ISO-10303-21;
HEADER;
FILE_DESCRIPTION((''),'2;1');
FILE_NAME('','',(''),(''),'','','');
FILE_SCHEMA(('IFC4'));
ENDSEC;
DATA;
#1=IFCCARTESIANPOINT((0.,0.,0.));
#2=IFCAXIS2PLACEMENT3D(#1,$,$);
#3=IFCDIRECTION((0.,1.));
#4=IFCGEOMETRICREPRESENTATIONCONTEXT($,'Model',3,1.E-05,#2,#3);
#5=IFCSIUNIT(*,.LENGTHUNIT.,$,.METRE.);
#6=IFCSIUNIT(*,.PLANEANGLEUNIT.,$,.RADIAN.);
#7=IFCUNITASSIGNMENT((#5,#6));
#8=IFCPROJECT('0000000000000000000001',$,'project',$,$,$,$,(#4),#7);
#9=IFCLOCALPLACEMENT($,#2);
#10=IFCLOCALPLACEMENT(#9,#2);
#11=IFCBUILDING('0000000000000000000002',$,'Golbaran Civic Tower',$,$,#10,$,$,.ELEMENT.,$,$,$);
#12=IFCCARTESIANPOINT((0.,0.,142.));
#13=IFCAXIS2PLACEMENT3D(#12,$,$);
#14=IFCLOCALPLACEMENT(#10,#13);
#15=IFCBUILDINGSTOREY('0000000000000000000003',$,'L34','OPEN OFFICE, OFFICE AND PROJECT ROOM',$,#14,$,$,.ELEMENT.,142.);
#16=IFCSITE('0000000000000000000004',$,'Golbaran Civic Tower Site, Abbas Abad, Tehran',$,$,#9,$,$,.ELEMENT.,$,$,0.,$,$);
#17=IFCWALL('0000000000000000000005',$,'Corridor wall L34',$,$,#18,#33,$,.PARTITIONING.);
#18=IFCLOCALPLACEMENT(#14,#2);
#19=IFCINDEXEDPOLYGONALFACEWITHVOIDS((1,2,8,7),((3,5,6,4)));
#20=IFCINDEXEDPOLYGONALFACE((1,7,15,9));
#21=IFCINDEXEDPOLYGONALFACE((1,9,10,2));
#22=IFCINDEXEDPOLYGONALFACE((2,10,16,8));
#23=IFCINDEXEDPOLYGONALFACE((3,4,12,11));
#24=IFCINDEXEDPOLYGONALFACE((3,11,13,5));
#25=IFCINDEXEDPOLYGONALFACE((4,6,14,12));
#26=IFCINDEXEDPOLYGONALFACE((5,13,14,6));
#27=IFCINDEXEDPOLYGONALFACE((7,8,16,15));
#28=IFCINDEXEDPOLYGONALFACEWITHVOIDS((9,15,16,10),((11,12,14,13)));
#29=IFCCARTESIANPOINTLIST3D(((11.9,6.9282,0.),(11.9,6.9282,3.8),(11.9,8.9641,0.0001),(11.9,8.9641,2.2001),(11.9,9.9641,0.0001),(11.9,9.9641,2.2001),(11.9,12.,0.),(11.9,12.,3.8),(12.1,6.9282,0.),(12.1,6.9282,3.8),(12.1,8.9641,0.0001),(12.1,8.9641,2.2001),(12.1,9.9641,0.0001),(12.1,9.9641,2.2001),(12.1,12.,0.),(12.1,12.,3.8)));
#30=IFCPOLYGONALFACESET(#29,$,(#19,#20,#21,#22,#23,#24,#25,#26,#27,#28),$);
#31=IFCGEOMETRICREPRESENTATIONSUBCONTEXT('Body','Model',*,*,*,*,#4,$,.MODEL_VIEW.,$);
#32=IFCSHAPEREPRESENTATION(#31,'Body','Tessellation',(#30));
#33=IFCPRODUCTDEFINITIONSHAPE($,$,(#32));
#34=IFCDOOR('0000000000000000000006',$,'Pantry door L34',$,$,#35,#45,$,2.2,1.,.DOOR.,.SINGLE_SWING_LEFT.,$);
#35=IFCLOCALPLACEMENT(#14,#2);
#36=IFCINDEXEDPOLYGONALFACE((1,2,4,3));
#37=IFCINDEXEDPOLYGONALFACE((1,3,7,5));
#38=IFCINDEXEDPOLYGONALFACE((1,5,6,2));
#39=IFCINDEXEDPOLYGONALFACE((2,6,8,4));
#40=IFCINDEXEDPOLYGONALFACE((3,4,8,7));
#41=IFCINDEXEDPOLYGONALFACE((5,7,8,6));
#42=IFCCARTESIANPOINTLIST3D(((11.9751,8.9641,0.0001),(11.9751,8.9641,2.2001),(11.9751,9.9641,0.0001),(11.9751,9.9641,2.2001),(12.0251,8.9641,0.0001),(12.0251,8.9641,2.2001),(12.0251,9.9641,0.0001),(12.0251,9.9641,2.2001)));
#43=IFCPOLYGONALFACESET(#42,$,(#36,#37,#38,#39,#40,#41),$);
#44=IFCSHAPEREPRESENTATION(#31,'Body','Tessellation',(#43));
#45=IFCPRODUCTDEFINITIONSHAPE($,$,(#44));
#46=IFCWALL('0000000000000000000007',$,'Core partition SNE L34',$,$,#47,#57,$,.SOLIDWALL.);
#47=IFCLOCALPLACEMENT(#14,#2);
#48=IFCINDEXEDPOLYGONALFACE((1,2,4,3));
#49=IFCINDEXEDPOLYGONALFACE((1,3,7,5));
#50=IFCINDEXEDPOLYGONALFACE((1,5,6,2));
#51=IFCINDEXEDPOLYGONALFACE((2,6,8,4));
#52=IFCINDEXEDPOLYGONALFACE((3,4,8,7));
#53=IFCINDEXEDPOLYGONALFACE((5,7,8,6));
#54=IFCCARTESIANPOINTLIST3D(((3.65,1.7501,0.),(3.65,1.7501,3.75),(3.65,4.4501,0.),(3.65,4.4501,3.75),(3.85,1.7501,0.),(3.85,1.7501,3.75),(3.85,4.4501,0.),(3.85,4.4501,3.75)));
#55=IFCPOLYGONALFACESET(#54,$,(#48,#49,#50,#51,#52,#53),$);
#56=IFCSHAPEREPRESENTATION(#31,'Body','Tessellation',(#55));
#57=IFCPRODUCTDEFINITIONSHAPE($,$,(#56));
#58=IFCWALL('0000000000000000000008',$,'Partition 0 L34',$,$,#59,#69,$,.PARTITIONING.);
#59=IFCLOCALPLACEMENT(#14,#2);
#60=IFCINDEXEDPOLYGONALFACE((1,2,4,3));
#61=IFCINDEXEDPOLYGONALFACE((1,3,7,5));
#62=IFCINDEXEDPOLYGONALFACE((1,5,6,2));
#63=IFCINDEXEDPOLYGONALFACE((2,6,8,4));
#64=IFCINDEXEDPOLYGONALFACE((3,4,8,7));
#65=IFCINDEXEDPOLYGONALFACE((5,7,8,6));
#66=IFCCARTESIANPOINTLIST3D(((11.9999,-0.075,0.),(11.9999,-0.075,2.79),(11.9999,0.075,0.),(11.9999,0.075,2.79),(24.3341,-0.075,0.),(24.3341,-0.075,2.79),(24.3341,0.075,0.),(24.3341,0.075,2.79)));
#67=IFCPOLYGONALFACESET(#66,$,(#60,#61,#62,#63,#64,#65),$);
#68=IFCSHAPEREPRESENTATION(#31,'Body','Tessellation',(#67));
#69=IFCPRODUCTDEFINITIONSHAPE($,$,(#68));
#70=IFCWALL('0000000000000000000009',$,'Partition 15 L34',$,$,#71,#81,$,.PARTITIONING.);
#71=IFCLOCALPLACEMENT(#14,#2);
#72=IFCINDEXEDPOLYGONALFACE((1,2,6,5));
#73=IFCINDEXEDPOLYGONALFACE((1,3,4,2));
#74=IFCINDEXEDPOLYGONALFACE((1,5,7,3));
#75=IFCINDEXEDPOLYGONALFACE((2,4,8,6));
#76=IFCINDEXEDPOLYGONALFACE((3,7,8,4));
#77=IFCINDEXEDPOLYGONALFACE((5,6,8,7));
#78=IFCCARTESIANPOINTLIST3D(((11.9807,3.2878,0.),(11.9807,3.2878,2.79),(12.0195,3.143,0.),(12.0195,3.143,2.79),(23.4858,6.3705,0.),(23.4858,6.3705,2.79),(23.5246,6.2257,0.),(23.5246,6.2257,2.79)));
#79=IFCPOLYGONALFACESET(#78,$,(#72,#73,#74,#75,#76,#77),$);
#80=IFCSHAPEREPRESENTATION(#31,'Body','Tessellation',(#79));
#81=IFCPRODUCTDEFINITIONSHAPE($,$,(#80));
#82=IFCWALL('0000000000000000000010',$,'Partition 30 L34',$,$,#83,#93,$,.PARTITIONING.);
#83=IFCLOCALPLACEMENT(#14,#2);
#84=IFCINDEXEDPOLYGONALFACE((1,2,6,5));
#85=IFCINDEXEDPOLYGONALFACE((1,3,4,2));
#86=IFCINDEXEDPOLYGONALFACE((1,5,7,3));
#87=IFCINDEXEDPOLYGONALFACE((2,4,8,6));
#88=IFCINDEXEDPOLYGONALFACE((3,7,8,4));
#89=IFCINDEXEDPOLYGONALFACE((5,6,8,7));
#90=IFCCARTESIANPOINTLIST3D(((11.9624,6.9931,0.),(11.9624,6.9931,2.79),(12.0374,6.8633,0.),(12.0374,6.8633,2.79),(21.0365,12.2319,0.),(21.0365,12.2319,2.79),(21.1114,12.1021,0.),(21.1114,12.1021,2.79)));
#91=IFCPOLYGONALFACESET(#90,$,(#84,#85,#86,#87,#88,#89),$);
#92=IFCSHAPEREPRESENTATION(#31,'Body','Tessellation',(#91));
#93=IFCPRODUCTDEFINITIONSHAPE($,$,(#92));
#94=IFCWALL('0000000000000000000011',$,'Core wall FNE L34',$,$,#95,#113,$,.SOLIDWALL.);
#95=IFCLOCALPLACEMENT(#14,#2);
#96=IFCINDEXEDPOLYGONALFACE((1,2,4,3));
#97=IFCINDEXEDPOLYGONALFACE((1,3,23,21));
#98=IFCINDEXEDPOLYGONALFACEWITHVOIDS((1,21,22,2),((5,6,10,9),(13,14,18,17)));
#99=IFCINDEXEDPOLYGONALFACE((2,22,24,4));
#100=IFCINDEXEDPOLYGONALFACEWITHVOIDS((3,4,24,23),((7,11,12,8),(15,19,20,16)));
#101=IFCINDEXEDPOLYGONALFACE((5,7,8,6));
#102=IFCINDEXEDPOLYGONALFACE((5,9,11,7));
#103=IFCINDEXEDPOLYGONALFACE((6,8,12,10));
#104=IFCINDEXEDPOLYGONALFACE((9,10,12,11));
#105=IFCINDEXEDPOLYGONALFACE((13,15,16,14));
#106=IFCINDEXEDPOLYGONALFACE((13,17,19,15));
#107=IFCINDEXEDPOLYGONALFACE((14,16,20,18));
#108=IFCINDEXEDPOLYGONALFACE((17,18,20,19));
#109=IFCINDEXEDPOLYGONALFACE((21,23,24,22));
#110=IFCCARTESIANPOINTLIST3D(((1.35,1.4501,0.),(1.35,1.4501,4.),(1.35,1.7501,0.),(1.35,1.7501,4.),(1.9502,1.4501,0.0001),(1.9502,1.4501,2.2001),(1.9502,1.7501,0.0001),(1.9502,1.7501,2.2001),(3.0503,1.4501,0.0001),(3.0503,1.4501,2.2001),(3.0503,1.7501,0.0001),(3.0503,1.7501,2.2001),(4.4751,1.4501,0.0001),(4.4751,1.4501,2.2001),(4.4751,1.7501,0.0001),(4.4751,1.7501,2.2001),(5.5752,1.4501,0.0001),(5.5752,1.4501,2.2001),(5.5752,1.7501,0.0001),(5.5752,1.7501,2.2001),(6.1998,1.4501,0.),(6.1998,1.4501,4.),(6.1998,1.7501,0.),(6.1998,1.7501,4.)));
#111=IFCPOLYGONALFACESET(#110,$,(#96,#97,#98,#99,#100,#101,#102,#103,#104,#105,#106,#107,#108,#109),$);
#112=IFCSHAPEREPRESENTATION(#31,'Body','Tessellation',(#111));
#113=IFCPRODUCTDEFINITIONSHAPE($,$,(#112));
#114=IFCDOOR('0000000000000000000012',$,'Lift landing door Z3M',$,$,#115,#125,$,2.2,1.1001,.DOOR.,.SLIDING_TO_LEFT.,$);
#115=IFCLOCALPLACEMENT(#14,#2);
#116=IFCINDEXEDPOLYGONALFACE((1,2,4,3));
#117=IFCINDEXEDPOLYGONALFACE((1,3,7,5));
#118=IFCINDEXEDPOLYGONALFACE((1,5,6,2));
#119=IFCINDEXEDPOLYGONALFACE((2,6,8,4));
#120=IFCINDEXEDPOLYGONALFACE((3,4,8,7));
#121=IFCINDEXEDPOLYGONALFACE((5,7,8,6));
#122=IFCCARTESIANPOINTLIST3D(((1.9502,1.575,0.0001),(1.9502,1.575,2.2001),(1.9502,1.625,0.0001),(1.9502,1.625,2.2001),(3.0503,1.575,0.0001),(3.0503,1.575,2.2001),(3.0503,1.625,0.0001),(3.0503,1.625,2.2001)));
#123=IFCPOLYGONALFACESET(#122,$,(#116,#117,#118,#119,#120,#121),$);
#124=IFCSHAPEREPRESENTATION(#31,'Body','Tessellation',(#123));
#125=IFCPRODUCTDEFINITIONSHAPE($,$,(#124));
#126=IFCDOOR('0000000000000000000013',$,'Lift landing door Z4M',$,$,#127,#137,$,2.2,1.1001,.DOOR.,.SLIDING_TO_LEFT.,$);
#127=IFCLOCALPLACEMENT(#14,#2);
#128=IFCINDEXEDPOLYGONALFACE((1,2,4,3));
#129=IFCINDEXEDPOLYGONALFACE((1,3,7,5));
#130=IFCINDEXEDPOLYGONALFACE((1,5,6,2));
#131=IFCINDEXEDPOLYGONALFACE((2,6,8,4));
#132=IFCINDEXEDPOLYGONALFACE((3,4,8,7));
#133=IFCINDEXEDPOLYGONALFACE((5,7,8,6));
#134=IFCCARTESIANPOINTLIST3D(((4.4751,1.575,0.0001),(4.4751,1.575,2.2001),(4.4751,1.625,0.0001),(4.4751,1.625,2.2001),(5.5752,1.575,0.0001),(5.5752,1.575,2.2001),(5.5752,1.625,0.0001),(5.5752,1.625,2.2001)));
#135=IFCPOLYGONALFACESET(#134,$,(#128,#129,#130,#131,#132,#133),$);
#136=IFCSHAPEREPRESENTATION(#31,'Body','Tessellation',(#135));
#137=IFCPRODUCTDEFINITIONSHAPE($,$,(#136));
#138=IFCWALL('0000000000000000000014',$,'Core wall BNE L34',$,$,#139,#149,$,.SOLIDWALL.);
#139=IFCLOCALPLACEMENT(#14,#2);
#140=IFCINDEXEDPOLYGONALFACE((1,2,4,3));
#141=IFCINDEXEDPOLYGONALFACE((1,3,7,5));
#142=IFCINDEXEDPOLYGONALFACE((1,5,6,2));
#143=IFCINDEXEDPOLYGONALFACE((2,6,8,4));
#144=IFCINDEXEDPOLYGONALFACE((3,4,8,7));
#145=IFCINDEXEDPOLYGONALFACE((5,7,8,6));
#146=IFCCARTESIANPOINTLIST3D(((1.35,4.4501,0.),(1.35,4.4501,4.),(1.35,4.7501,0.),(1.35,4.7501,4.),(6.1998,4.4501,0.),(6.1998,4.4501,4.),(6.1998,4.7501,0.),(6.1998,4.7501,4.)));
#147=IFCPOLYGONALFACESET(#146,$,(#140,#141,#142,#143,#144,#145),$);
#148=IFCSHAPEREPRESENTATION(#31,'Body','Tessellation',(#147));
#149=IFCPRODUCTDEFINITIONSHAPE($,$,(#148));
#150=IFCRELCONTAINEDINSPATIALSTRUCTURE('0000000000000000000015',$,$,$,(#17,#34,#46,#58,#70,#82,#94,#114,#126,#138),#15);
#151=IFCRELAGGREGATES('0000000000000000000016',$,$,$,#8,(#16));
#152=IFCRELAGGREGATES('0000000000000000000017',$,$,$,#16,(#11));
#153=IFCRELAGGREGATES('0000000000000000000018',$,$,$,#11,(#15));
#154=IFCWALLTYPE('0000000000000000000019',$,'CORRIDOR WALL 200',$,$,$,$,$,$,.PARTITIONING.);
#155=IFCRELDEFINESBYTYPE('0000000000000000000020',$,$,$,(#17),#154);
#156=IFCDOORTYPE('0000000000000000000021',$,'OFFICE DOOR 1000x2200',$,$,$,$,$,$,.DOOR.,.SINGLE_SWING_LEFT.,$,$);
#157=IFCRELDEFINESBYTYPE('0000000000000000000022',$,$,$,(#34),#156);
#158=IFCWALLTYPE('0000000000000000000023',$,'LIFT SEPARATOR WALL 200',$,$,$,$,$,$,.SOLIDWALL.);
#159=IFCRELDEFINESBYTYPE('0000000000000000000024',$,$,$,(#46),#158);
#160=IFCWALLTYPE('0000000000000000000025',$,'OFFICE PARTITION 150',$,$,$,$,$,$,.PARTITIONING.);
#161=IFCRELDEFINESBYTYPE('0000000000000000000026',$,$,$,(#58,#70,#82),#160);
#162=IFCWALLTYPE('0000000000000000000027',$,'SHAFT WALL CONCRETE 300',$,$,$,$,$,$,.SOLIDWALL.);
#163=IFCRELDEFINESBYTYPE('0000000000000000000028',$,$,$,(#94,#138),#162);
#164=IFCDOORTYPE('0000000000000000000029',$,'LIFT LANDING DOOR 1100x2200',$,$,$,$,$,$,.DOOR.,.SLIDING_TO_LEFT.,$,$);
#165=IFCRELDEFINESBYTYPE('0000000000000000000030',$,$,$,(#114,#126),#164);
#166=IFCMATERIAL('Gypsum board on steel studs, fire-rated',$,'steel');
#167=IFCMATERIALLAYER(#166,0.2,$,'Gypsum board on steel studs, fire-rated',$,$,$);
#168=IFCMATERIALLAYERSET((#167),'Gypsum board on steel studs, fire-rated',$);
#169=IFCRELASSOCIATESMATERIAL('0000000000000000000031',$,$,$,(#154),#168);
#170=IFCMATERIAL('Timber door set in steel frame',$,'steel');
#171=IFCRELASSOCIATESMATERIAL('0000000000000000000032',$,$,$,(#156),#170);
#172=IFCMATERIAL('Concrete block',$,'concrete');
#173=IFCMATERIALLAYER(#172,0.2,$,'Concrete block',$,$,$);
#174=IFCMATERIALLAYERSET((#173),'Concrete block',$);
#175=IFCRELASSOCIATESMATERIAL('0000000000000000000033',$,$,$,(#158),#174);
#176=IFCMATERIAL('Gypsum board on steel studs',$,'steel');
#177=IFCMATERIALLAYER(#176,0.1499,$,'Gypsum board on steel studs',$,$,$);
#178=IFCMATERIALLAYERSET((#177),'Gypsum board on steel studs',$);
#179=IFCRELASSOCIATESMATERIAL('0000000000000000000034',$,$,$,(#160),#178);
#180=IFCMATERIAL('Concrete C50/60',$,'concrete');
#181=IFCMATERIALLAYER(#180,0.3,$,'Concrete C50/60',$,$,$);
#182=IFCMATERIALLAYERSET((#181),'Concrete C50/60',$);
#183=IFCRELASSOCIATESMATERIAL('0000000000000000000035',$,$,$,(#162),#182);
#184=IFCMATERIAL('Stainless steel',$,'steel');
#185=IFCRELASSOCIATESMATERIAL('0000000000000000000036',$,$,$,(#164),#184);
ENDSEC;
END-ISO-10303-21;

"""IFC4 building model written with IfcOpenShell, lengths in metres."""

from ifc_helpers import new_model, si_unit, direction, frame, frame_2d, origin, place, context, subcontext, project, spatial, rectangle, extrude, material, layer, layer_set, type_object, element, fill, save


model = new_model("IFC4")

# Units and contexts
model_context = context("Model", 3, precision=1e-05, world=origin(), true_north=direction((0.0, 1.0)))
body_context = subcontext(model_context, "Body", "Model", "MODEL_VIEW")
ifc_project = project(units=[si_unit("LENGTHUNIT", "METRE"), si_unit("PLANEANGLEUNIT", "RADIAN")], contexts=[model_context])

# Site, building, storey
site_placement = place(None, origin())
site = spatial("IfcSite", under=ifc_project, at=site_placement, Name="Golbaran Civic Tower Site, Abbas Abad, Tehran", CompositionType="ELEMENT", RefElevation=0.0)
building_placement = place(site_placement, origin())
building = spatial("IfcBuilding", under=site, at=building_placement, Name="Golbaran Civic Tower", CompositionType="ELEMENT")
storey_placement = place(building_placement, frame((0.0, 0.0, 142.0)))
storey = spatial("IfcBuildingStorey", under=building, at=storey_placement, Name="L34", Description="OPEN OFFICE, OFFICE AND PROJECT ROOM", CompositionType="ELEMENT", Elevation=142.0)

# Shared definitions
ifc_material_1 = material(Name="Concrete block", Category="concrete")

# Wall, opening, door
ifc_material_2 = material(Name="Gypsum board on steel studs, fire-rated", Category="steel")
ifc_layer_1 = layer(ifc_material_2, 0.2, Name="Gypsum board on steel studs, fire-rated")
ifc_layer_set_1 = layer_set([ifc_layer_1], Name="Gypsum board on steel studs, fire-rated")
wall_type_1 = type_object("IfcWallType", Name="CORRIDOR WALL 200", PredefinedType="PARTITIONING", material=ifc_layer_set_1)
ifc_material_3 = material(Name="Timber door set in steel frame", Category="steel")
door_type_1 = type_object("IfcDoorType", Name="OFFICE DOOR 1000x2200", OperationType="SINGLE_SWING_LEFT", PredefinedType="DOOR", material=ifc_material_3)
wall_1_placement = place(storey_placement, frame((12.0, 6.9282, 0.0), z_axis=(0.0, 0.0, 1.0), x_axis=(0.0, 1.0, 0.0)))
wall_1 = element("IfcWall", 1, at=wall_1_placement, inside=storey, type_object=wall_type_1, Name="Corridor wall L34", PredefinedType="PARTITIONING", context=body_context, shape_type="SweptSolid", body=[
    extrude(rectangle(XDim=5.0718, YDim=0.2, at=frame_2d((2.5359, 0.0))), origin(), (0.0, 0.0, 1.0), 3.8),
])
opening_1_placement = place(wall_1_placement, frame((2.0359, 0.0, 0.0)))
opening_1 = element("IfcOpeningElement", 2, at=opening_1_placement, cuts=wall_1, PredefinedType="OPENING", context=body_context, shape_type="SweptSolid", body=[
    extrude(rectangle(XDim=1.0, YDim=2.2, at=frame_2d((0.5, 1.1001))), frame((0.0, 0.1099, 0.0), z_axis=(0.0, -1.0, 0.0), x_axis=(1.0, 0.0, 0.0)), (0.0, 0.0, 1.0), 0.22),
])
door_1_placement = place(opening_1_placement, origin())
door_1 = element("IfcDoor", 3, at=door_1_placement, inside=storey, type_object=door_type_1, Name="Pantry door L34", OperationType="SINGLE_SWING_LEFT", OverallHeight=2.2, OverallWidth=1.0, PredefinedType="DOOR", context=body_context, shape_type="SweptSolid", body=[
    extrude(rectangle(XDim=1.0, YDim=2.2, at=frame_2d((0.5, 1.1001))), frame((0.0, 0.0249, 0.0), z_axis=(0.0, -1.0, 0.0), x_axis=(1.0, 0.0, 0.0)), (0.0, 0.0, 1.0), 0.05),
])
fill(opening_1, door_1)

# Walls
ifc_layer_2 = layer(ifc_material_1, 0.2, Name="Concrete block")
ifc_layer_set_2 = layer_set([ifc_layer_2], Name="Concrete block")
wall_type_2 = type_object("IfcWallType", Name="LIFT SEPARATOR WALL 200", PredefinedType="SOLIDWALL", material=ifc_layer_set_2)
wall_2_placement = place(storey_placement, frame((3.75, 1.75, 0.0), z_axis=(0.0, 0.0, 1.0), x_axis=(0.0, 1.0, 0.0)))
element("IfcWall", 4, at=wall_2_placement, inside=storey, type_object=wall_type_2, Name="Core partition SNE L34", PredefinedType="SOLIDWALL", context=body_context, shape_type="SweptSolid", body=[
    extrude(rectangle(XDim=2.7, YDim=0.2, at=frame_2d((1.3501, 0.0))), origin(), (0.0, 0.0, 1.0), 3.75),
])
ifc_material_4 = material(Name="Gypsum board on steel studs", Category="steel")
ifc_layer_3 = layer(ifc_material_4, 0.1499, Name="Gypsum board on steel studs")
ifc_layer_set_3 = layer_set([ifc_layer_3], Name="Gypsum board on steel studs")
wall_type_3 = type_object("IfcWallType", Name="OFFICE PARTITION 150", PredefinedType="PARTITIONING", material=ifc_layer_set_3)
wall_3_placement = place(storey_placement, frame((12.0, 0.0, 0.0), z_axis=(0.0, 0.0, 1.0), x_axis=(1.0, 0.0, 0.0)))
element("IfcWall", 5, at=wall_3_placement, inside=storey, type_object=wall_type_3, Name="Partition 0 L34", PredefinedType="PARTITIONING", context=body_context, shape_type="SweptSolid", body=[
    extrude(rectangle(XDim=12.3342, YDim=0.1499, at=frame_2d((6.167, 0.0))), origin(), (0.0, 0.0, 1.0), 2.79),
])
wall_4_placement = place(storey_placement, frame((12.0, 3.2153, 0.0), z_axis=(0.0, 0.0, 1.0), x_axis=(0.965926, 0.258817, 0.0)))
element("IfcWall", 6, at=wall_4_placement, inside=storey, type_object=wall_type_3, Name="Partition 15 L34", PredefinedType="PARTITIONING", context=body_context, shape_type="SweptSolid", body=[
    extrude(rectangle(XDim=11.9109, YDim=0.1499, at=frame_2d((5.9556, 0.0))), origin(), (0.0, 0.0, 1.0), 2.79),
])
wall_5_placement = place(storey_placement, frame((12.0, 6.9282, 0.0), z_axis=(0.0, 0.0, 1.0), x_axis=(0.866029, 0.499993, 0.0)))
element("IfcWall", 7, at=wall_5_placement, inside=storey, type_object=wall_type_3, Name="Partition 30 L34", PredefinedType="PARTITIONING", context=body_context, shape_type="SweptSolid", body=[
    extrude(rectangle(XDim=10.4778, YDim=0.1499, at=frame_2d((5.2388, 0.0))), origin(), (0.0, 0.0, 1.0), 2.79),
])

# Wall, openings, doors
ifc_material_5 = material(Name="Concrete C50/60", Category="concrete")
ifc_layer_4 = layer(ifc_material_5, 0.3, Name="Concrete C50/60")
ifc_layer_set_4 = layer_set([ifc_layer_4], Name="Concrete C50/60")
wall_type_4 = type_object("IfcWallType", Name="SHAFT WALL CONCRETE 300", PredefinedType="SOLIDWALL", material=ifc_layer_set_4)
wall_6_placement = place(storey_placement, frame((1.3501, 1.6001, 0.0), z_axis=(0.0, 0.0, 1.0), x_axis=(1.0, 0.0, 0.0)))
wall_6 = element("IfcWall", 8, at=wall_6_placement, inside=storey, type_object=wall_type_4, Name="Core wall FNE L34", PredefinedType="SOLIDWALL", context=body_context, shape_type="SweptSolid", body=[
    extrude(rectangle(XDim=4.8499, YDim=0.3, at=frame_2d((2.4248, 0.0))), origin(), (0.0, 0.0, 1.0), 4.0),
])
opening_2_placement = place(wall_6_placement, frame((0.6001, 0.0, 0.0)))
opening_2 = element("IfcOpeningElement", 9, at=opening_2_placement, cuts=wall_6, PredefinedType="OPENING", context=body_context, shape_type="SweptSolid", body=[
    extrude(rectangle(XDim=1.1001, YDim=2.2, at=frame_2d((0.55, 1.1001))), frame((0.0, 0.1599, 0.0), z_axis=(0.0, -1.0, 0.0), x_axis=(1.0, 0.0, 0.0)), (0.0, 0.0, 1.0), 0.3201),
])
opening_3_placement = place(wall_6_placement, frame((3.125, 0.0, 0.0)))
opening_3 = element("IfcOpeningElement", 10, at=opening_3_placement, cuts=wall_6, PredefinedType="OPENING", context=body_context, shape_type="SweptSolid", body=[
    extrude(rectangle(XDim=1.1001, YDim=2.2, at=frame_2d((0.55, 1.1001))), frame((0.0, 0.1599, 0.0), z_axis=(0.0, -1.0, 0.0), x_axis=(1.0, 0.0, 0.0)), (0.0, 0.0, 1.0), 0.3201),
])
ifc_material_6 = material(Name="Stainless steel", Category="steel")
door_type_2 = type_object("IfcDoorType", Name="LIFT LANDING DOOR 1100x2200", OperationType="SLIDING_TO_LEFT", PredefinedType="DOOR", material=ifc_material_6)
door_2_placement = place(opening_2_placement, origin())
door_2 = element("IfcDoor", 11, at=door_2_placement, inside=storey, type_object=door_type_2, Name="Lift landing door Z3M", OperationType="SLIDING_TO_LEFT", OverallHeight=2.2, OverallWidth=1.1001, PredefinedType="DOOR", context=body_context, shape_type="SweptSolid", body=[
    extrude(rectangle(XDim=1.1001, YDim=2.2, at=frame_2d((0.55, 1.1001))), frame((0.0, 0.0249, 0.0), z_axis=(0.0, -1.0, 0.0), x_axis=(1.0, 0.0, 0.0)), (0.0, 0.0, 1.0), 0.05),
])
fill(opening_2, door_2)
door_3_placement = place(opening_3_placement, origin())
door_3 = element("IfcDoor", 12, at=door_3_placement, inside=storey, type_object=door_type_2, Name="Lift landing door Z4M", OperationType="SLIDING_TO_LEFT", OverallHeight=2.2, OverallWidth=1.1001, PredefinedType="DOOR", context=body_context, shape_type="SweptSolid", body=[
    extrude(rectangle(XDim=1.1001, YDim=2.2, at=frame_2d((0.55, 1.1001))), frame((0.0, 0.0249, 0.0), z_axis=(0.0, -1.0, 0.0), x_axis=(1.0, 0.0, 0.0)), (0.0, 0.0, 1.0), 0.05),
])
fill(opening_3, door_3)

# Wall
wall_7_placement = place(storey_placement, frame((1.3501, 4.6001, 0.0), z_axis=(0.0, 0.0, 1.0), x_axis=(1.0, 0.0, 0.0)))
element("IfcWall", 13, at=wall_7_placement, inside=storey, type_object=wall_type_4, Name="Core wall BNE L34", PredefinedType="SOLIDWALL", context=body_context, shape_type="SweptSolid", body=[
    extrude(rectangle(XDim=4.8499, YDim=0.3, at=frame_2d((2.4248, 0.0))), origin(), (0.0, 0.0, 1.0), 4.0),
])

save(model, "model.ifc")
